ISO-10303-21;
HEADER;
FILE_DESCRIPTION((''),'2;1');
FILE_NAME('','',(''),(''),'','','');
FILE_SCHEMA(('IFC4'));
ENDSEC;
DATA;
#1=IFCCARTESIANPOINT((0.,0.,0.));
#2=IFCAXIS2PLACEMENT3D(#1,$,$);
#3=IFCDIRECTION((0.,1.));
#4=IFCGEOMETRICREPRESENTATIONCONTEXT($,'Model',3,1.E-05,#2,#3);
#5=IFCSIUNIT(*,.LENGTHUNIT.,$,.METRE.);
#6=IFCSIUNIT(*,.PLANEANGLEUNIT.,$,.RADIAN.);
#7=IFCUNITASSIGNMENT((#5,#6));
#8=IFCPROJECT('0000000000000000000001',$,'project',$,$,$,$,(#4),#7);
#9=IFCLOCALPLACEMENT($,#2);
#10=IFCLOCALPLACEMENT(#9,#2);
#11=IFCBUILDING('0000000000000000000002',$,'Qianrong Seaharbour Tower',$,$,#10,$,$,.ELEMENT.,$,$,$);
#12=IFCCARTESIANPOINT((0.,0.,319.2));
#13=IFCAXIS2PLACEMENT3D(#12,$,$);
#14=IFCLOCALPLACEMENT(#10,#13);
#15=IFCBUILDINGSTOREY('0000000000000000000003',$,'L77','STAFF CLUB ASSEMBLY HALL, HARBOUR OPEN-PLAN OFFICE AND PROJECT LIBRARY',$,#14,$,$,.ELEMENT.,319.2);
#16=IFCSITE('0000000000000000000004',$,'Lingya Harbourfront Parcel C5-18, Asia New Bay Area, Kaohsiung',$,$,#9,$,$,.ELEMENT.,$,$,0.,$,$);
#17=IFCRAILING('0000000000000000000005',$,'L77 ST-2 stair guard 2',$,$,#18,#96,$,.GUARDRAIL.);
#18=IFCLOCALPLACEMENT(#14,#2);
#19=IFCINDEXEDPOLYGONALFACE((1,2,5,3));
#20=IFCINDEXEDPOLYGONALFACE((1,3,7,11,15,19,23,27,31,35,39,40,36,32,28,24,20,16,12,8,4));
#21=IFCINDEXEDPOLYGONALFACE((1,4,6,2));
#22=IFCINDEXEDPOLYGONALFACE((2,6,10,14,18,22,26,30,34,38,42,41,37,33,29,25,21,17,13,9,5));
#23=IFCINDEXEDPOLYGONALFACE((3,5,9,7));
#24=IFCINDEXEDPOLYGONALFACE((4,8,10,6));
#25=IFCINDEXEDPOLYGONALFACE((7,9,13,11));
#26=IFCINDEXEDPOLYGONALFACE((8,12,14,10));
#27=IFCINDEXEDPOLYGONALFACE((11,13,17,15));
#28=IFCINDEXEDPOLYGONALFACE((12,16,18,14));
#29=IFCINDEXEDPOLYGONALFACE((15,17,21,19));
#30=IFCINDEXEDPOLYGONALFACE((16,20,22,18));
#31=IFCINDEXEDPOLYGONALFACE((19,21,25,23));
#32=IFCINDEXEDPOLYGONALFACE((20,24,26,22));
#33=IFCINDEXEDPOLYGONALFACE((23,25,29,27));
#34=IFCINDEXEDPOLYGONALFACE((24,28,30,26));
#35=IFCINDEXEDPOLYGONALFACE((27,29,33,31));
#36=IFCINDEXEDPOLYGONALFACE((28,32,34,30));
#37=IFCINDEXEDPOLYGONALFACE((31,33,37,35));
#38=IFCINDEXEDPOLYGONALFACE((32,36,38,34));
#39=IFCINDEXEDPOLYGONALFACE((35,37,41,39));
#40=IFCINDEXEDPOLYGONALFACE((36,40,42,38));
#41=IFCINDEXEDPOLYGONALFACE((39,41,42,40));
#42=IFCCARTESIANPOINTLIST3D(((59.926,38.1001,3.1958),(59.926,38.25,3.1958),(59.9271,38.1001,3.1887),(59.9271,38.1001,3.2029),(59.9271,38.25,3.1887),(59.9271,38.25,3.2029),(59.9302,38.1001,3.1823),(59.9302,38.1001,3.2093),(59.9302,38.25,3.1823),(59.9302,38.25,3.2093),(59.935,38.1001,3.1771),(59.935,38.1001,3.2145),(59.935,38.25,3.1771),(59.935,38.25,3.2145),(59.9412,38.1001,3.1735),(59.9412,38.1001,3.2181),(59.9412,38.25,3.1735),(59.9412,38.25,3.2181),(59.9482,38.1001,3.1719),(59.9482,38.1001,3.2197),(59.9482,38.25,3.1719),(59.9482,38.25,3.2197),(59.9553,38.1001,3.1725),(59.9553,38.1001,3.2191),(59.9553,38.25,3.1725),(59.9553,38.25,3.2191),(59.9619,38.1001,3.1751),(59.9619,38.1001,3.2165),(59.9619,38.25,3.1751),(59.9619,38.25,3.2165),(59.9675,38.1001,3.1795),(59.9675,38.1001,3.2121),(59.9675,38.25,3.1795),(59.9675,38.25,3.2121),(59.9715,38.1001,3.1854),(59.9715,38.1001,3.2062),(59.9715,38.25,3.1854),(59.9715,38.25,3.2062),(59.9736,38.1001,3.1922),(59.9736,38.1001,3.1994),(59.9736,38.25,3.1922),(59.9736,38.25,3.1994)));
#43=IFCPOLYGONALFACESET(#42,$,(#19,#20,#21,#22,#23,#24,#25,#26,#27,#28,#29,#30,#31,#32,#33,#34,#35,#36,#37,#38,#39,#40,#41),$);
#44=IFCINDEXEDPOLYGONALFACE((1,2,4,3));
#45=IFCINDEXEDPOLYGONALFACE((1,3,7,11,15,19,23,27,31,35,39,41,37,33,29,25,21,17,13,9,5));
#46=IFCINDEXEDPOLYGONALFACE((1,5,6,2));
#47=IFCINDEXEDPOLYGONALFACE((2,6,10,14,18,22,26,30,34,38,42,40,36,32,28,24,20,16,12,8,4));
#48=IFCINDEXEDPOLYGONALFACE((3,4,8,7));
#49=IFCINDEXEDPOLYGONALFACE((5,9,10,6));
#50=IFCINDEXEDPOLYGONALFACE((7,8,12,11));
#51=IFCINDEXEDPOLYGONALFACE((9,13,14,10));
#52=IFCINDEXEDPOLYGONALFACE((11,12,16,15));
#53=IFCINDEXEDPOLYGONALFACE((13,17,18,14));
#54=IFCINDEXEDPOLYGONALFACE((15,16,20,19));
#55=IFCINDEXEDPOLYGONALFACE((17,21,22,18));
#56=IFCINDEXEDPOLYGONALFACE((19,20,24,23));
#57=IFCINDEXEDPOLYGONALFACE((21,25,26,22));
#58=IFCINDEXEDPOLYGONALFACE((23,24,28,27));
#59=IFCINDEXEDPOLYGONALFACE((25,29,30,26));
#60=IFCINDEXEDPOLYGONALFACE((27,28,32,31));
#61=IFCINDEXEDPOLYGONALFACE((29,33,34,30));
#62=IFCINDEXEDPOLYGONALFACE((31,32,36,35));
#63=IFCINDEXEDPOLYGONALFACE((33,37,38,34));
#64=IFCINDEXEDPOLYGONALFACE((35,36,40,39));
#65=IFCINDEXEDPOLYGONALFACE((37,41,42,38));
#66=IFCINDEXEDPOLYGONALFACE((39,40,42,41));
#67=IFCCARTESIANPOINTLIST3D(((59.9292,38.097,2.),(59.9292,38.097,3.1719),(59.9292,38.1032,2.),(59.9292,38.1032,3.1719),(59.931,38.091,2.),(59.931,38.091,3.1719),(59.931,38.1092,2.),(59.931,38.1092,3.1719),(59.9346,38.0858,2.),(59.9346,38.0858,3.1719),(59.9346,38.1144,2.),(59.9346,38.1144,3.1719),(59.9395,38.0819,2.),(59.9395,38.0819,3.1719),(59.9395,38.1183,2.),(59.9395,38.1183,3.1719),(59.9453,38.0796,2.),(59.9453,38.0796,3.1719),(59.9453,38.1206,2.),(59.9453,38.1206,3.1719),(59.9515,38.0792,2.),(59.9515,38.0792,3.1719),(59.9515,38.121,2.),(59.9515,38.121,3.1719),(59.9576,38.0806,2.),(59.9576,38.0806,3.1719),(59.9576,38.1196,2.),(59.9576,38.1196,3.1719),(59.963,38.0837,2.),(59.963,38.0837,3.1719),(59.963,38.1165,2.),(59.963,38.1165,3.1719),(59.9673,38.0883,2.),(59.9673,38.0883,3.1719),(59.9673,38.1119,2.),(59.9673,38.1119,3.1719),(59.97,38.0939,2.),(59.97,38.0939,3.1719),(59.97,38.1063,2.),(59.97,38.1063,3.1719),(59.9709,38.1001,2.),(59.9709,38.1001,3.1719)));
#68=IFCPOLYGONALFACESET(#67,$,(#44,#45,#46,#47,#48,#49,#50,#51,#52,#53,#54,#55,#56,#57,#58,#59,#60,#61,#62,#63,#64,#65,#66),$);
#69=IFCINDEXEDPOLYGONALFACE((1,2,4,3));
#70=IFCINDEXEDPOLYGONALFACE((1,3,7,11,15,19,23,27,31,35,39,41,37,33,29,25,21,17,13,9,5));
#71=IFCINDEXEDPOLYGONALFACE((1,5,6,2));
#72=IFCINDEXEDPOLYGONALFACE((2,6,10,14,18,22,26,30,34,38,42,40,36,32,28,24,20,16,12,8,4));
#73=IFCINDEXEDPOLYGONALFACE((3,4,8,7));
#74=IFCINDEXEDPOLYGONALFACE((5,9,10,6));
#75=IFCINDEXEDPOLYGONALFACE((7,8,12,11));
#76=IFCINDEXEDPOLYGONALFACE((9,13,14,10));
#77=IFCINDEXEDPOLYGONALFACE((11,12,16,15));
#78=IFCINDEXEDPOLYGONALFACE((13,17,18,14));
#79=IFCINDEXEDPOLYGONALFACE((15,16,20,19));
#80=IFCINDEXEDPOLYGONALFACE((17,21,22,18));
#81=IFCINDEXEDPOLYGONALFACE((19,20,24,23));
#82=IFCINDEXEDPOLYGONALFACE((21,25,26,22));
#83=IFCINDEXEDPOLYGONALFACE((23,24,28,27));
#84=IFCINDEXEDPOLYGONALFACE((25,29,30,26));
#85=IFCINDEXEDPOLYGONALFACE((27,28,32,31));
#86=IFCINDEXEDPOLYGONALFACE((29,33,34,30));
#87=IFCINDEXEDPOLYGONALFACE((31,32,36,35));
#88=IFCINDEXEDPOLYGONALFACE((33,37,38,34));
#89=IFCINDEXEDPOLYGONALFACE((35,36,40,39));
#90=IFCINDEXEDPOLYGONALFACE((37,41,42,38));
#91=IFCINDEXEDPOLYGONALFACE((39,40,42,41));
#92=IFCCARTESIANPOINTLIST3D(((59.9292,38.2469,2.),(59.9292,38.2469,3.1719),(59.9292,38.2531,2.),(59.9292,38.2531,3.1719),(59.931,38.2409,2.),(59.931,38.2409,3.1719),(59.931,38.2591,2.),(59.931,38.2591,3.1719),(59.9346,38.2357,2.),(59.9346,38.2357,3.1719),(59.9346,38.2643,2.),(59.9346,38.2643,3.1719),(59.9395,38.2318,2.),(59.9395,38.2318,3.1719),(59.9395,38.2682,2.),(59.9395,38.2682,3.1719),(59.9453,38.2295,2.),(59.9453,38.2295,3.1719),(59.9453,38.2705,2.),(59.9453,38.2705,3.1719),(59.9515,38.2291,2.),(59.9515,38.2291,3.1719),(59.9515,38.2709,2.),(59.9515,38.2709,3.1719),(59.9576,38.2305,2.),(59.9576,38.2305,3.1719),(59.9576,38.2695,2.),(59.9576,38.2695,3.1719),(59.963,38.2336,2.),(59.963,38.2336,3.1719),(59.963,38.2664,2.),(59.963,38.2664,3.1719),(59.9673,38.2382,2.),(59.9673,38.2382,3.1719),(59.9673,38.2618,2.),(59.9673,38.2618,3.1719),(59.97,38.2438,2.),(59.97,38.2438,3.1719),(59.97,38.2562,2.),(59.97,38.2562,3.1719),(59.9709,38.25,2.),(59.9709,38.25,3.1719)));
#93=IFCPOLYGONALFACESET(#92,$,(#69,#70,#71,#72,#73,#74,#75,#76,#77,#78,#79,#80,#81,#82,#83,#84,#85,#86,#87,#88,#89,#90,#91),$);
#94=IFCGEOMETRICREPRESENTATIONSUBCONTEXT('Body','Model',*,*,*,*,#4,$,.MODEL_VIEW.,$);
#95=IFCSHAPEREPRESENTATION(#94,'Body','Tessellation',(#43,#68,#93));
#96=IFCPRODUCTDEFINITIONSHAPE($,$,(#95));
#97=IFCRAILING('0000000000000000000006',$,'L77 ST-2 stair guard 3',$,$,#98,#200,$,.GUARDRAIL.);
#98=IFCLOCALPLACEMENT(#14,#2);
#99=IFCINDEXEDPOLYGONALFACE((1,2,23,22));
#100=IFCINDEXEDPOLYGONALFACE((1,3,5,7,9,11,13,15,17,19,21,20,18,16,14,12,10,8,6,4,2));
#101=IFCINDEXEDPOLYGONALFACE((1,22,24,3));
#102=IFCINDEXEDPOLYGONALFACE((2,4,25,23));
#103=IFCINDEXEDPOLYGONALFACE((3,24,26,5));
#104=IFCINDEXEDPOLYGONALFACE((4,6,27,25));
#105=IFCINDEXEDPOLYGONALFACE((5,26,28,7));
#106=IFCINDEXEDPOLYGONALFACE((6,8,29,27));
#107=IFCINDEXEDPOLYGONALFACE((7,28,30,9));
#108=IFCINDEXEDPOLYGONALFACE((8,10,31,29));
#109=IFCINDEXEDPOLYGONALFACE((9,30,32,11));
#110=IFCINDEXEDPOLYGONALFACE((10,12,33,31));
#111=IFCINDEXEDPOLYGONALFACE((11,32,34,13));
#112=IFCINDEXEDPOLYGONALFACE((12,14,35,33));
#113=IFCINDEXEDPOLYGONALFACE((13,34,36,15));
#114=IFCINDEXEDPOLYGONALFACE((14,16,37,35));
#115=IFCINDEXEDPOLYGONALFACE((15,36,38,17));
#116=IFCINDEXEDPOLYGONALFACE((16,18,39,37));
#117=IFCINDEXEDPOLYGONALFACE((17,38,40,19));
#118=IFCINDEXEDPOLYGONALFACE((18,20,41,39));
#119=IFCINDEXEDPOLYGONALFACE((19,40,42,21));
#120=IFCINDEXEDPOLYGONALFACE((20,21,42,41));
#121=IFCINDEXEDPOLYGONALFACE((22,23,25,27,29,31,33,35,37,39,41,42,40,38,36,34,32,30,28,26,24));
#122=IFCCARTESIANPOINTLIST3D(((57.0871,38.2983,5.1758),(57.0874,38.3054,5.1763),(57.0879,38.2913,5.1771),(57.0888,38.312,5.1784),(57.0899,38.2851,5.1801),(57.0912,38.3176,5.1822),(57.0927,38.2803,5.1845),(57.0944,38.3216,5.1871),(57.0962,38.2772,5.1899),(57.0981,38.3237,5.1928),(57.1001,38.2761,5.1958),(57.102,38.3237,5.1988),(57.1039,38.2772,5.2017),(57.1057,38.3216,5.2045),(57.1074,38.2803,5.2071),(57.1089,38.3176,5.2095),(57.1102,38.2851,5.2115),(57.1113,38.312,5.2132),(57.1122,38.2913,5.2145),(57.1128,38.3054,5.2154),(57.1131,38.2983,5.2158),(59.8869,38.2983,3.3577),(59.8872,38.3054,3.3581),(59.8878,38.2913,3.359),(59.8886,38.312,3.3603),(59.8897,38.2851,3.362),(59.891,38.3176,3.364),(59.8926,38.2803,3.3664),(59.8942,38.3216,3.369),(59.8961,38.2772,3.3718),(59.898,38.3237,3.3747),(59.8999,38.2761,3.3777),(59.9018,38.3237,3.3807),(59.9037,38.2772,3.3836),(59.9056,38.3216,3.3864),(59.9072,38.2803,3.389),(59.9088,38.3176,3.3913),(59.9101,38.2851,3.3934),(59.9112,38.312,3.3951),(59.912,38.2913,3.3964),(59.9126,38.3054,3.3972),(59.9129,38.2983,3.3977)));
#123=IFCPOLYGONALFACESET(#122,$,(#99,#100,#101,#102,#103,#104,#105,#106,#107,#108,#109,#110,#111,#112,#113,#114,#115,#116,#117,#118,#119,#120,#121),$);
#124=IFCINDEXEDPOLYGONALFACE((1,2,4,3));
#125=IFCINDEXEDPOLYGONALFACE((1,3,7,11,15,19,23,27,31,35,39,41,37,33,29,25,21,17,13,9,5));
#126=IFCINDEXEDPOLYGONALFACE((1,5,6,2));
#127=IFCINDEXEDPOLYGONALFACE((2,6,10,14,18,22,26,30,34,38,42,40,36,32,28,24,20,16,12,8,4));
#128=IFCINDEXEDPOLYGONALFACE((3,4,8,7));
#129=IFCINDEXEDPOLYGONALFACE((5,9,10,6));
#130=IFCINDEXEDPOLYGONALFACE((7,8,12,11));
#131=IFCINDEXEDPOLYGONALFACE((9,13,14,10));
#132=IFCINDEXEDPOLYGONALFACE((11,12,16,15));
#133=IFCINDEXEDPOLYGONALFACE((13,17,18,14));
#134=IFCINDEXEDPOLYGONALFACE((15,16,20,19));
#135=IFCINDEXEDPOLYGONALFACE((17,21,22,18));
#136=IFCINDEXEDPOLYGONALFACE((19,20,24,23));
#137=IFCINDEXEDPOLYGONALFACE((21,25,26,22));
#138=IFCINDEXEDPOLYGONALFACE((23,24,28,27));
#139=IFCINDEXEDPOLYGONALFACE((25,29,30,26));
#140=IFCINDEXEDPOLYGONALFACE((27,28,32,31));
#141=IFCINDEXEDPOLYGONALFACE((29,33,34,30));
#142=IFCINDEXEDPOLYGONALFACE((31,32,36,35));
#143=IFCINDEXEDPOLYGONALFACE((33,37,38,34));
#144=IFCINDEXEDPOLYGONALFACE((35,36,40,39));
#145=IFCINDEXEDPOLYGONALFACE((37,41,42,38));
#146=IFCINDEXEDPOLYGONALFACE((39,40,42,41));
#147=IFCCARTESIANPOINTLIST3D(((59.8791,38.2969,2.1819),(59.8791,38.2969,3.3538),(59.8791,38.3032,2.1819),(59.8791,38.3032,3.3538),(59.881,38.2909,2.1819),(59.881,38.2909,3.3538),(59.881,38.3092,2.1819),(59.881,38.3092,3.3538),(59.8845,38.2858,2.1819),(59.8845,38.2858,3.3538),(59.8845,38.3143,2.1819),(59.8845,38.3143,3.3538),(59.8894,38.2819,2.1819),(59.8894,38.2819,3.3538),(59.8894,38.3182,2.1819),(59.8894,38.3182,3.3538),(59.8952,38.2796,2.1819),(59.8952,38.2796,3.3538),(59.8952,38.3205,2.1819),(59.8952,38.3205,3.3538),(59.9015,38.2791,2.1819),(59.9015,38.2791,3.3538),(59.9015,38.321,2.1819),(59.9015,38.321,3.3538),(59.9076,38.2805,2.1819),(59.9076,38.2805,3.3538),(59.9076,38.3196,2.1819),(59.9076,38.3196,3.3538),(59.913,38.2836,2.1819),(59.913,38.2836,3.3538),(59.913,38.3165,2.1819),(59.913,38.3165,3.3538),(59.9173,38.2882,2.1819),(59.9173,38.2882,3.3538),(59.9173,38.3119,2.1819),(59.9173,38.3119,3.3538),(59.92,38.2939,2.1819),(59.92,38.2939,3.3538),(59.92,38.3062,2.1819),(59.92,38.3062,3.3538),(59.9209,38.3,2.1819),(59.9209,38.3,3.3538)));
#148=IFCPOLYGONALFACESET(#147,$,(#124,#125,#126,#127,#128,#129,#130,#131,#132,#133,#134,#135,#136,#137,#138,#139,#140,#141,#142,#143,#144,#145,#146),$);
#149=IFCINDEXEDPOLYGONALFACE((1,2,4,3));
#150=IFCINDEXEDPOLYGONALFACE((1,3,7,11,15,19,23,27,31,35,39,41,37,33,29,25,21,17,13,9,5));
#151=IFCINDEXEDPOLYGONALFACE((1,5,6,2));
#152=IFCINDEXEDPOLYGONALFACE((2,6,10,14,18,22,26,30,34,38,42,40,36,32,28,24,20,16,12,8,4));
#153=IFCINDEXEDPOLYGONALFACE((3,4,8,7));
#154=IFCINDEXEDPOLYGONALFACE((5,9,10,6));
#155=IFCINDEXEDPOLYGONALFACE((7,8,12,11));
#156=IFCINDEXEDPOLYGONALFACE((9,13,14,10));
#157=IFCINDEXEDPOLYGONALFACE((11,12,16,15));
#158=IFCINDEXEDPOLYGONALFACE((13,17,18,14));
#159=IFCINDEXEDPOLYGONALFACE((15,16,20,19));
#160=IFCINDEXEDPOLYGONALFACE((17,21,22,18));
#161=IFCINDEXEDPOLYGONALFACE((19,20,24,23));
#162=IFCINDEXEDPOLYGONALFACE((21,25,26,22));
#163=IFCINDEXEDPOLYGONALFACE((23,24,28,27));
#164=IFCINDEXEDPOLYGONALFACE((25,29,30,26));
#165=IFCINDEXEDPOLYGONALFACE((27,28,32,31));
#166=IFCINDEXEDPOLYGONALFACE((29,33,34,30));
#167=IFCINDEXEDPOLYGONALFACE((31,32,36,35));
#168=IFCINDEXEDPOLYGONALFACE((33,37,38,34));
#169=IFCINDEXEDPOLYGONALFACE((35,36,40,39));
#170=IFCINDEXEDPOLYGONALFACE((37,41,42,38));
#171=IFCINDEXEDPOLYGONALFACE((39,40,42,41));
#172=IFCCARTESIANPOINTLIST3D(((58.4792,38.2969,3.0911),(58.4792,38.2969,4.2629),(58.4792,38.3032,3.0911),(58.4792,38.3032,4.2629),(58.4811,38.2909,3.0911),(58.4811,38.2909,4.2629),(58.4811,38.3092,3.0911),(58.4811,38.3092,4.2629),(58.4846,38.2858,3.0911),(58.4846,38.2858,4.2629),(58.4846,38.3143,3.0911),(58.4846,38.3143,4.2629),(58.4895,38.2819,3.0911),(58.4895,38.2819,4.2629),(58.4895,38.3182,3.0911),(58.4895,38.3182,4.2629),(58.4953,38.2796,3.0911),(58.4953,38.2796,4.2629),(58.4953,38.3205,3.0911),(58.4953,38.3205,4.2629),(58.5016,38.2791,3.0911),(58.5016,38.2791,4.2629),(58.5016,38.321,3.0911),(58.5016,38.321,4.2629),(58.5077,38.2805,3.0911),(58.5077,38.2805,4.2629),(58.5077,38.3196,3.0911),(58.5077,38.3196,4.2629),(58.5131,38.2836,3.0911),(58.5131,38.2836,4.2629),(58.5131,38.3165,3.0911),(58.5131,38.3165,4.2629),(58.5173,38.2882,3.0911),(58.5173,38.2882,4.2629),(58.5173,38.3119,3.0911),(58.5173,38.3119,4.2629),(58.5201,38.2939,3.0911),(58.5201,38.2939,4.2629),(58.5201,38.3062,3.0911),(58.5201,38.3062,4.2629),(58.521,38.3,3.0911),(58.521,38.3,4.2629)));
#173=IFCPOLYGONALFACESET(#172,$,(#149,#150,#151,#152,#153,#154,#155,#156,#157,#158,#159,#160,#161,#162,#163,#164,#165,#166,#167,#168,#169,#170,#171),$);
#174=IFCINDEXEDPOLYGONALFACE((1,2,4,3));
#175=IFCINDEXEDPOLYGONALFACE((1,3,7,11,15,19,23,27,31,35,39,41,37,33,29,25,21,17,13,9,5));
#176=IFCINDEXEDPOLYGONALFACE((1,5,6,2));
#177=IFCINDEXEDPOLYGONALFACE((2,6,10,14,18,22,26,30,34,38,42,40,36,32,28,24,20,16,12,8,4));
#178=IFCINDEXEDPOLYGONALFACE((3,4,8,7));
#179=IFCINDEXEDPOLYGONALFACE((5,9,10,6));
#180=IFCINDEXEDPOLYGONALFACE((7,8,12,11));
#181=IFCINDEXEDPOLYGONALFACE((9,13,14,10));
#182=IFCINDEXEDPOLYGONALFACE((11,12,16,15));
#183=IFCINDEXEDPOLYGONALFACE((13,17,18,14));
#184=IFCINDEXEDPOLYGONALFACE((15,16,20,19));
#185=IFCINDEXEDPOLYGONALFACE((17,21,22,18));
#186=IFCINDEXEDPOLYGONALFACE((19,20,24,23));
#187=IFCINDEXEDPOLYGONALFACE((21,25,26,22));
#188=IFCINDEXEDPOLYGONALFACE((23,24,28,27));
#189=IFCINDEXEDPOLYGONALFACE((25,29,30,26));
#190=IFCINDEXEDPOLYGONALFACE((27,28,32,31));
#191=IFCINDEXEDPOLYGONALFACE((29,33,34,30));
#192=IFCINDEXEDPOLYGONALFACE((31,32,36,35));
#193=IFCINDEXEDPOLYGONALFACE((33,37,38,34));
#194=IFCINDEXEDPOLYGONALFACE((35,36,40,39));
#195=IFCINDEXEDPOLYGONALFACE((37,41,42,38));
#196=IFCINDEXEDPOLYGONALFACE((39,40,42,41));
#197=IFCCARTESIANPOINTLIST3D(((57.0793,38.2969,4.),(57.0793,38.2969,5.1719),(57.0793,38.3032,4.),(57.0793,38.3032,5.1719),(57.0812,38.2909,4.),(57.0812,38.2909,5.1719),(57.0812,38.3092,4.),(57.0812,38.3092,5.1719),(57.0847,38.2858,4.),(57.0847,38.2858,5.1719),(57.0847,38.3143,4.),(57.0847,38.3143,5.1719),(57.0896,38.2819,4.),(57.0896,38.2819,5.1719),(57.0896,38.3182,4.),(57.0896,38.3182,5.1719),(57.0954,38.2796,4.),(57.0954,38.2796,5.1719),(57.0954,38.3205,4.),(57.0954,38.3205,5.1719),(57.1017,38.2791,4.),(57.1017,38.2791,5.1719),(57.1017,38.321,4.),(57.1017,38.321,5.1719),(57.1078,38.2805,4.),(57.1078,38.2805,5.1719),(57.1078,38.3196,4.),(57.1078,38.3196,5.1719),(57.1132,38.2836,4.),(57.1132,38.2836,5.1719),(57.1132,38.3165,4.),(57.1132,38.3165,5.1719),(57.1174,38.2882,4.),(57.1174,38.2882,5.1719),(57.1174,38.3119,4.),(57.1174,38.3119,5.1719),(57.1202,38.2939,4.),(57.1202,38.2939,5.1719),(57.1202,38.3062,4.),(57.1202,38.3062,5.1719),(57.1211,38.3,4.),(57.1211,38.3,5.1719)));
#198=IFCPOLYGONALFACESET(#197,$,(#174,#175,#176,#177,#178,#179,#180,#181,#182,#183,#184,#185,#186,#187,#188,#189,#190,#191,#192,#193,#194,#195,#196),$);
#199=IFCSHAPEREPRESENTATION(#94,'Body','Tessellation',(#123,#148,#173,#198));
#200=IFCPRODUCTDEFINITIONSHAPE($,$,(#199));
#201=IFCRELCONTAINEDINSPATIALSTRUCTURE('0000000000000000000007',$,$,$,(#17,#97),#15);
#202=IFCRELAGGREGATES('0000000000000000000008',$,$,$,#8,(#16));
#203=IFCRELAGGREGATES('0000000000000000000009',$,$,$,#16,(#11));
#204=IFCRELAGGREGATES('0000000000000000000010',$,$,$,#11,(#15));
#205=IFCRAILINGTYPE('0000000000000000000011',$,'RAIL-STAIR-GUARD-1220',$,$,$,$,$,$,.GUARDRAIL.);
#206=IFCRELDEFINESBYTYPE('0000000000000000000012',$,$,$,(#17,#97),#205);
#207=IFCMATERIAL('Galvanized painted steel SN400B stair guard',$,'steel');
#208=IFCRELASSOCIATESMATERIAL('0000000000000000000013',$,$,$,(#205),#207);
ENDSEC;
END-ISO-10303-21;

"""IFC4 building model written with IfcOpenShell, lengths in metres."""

from ifc_helpers import new_model, si_unit, direction, frame, origin, origin_2d, place, context, subcontext, project, spatial, circle, extrude, material, type_object, element, save


model = new_model("IFC4")

# Units and contexts
model_context = context("Model", 3, precision=1e-05, world=origin(), true_north=direction((0.0, 1.0)))
body_context = subcontext(model_context, "Body", "Model", "MODEL_VIEW")
ifc_project = project(units=[si_unit("LENGTHUNIT", "METRE"), si_unit("PLANEANGLEUNIT", "RADIAN")], contexts=[model_context])

# Site, building, storey
site_placement = place(None, origin())
site = spatial("IfcSite", under=ifc_project, at=site_placement, Name="Lingya Harbourfront Parcel C5-18, Asia New Bay Area, Kaohsiung", CompositionType="ELEMENT", RefElevation=0.0)
building_placement = place(site_placement, origin())
building = spatial("IfcBuilding", under=site, at=building_placement, Name="Qianrong Seaharbour Tower", CompositionType="ELEMENT")
storey_placement = place(building_placement, frame((0.0, 0.0, 319.2)))
storey = spatial("IfcBuildingStorey", under=building, at=storey_placement, Name="L77", Description="STAFF CLUB ASSEMBLY HALL, HARBOUR OPEN-PLAN OFFICE AND PROJECT LIBRARY", CompositionType="ELEMENT", Elevation=319.2)

# Railings
ifc_material_1 = material(Name="Galvanized painted steel SN400B stair guard", Category="steel")
railing_type_1 = type_object("IfcRailingType", Name="RAIL-STAIR-GUARD-1220", PredefinedType="GUARDRAIL", material=ifc_material_1)
railing_1_placement = place(storey_placement, frame((59.95, 38.1001, 2.0)))
element("IfcRailing", 1, at=railing_1_placement, inside=storey, type_object=railing_type_1, Name="L77 ST-2 stair guard 2", PredefinedType="GUARDRAIL", context=body_context, shape_type="SweptSolid", body=[
    extrude(circle(Radius=0.0239, at=origin_2d()), frame((0.0, 0.0, 1.1958), z_axis=(0.0, 1.0, 0.0), x_axis=(-1.0, 0.0, 0.0)), (0.0, 0.0, 1.0), 0.1499),
    extrude(circle(Radius=0.021, at=origin_2d()), origin(), (0.0, 0.0, 1.0), 1.1719),
    extrude(circle(Radius=0.021, at=origin_2d()), frame((0.0, 0.1499, 0.0)), (0.0, 0.0, 1.0), 1.1719),
])
railing_2_placement = place(storey_placement, frame((59.8999, 38.3, 2.1819)))
element("IfcRailing", 2, at=railing_2_placement, inside=storey, type_object=railing_type_1, Name="L77 ST-2 stair guard 3", PredefinedType="GUARDRAIL", context=body_context, shape_type="SweptSolid", body=[
    extrude(circle(Radius=0.0239, at=origin_2d()), frame((0.0, 0.0, 1.1958), z_axis=(-0.838684, 0.0, 0.544618), x_axis=(0.0, -1.0, 0.0)), (0.0, 0.0, 1.0), 3.3384),
    extrude(circle(Radius=0.021, at=origin_2d()), origin(), (0.0, 0.0, 1.0), 1.1719),
    extrude(circle(Radius=0.021, at=origin_2d()), frame((-1.3999, 0.0, 0.9092)), (0.0, 0.0, 1.0), 1.1719),
    extrude(circle(Radius=0.021, at=origin_2d()), frame((-2.7998, 0.0, 1.8181)), (0.0, 0.0, 1.0), 1.1719),
])

save(model, "model.ifc")
